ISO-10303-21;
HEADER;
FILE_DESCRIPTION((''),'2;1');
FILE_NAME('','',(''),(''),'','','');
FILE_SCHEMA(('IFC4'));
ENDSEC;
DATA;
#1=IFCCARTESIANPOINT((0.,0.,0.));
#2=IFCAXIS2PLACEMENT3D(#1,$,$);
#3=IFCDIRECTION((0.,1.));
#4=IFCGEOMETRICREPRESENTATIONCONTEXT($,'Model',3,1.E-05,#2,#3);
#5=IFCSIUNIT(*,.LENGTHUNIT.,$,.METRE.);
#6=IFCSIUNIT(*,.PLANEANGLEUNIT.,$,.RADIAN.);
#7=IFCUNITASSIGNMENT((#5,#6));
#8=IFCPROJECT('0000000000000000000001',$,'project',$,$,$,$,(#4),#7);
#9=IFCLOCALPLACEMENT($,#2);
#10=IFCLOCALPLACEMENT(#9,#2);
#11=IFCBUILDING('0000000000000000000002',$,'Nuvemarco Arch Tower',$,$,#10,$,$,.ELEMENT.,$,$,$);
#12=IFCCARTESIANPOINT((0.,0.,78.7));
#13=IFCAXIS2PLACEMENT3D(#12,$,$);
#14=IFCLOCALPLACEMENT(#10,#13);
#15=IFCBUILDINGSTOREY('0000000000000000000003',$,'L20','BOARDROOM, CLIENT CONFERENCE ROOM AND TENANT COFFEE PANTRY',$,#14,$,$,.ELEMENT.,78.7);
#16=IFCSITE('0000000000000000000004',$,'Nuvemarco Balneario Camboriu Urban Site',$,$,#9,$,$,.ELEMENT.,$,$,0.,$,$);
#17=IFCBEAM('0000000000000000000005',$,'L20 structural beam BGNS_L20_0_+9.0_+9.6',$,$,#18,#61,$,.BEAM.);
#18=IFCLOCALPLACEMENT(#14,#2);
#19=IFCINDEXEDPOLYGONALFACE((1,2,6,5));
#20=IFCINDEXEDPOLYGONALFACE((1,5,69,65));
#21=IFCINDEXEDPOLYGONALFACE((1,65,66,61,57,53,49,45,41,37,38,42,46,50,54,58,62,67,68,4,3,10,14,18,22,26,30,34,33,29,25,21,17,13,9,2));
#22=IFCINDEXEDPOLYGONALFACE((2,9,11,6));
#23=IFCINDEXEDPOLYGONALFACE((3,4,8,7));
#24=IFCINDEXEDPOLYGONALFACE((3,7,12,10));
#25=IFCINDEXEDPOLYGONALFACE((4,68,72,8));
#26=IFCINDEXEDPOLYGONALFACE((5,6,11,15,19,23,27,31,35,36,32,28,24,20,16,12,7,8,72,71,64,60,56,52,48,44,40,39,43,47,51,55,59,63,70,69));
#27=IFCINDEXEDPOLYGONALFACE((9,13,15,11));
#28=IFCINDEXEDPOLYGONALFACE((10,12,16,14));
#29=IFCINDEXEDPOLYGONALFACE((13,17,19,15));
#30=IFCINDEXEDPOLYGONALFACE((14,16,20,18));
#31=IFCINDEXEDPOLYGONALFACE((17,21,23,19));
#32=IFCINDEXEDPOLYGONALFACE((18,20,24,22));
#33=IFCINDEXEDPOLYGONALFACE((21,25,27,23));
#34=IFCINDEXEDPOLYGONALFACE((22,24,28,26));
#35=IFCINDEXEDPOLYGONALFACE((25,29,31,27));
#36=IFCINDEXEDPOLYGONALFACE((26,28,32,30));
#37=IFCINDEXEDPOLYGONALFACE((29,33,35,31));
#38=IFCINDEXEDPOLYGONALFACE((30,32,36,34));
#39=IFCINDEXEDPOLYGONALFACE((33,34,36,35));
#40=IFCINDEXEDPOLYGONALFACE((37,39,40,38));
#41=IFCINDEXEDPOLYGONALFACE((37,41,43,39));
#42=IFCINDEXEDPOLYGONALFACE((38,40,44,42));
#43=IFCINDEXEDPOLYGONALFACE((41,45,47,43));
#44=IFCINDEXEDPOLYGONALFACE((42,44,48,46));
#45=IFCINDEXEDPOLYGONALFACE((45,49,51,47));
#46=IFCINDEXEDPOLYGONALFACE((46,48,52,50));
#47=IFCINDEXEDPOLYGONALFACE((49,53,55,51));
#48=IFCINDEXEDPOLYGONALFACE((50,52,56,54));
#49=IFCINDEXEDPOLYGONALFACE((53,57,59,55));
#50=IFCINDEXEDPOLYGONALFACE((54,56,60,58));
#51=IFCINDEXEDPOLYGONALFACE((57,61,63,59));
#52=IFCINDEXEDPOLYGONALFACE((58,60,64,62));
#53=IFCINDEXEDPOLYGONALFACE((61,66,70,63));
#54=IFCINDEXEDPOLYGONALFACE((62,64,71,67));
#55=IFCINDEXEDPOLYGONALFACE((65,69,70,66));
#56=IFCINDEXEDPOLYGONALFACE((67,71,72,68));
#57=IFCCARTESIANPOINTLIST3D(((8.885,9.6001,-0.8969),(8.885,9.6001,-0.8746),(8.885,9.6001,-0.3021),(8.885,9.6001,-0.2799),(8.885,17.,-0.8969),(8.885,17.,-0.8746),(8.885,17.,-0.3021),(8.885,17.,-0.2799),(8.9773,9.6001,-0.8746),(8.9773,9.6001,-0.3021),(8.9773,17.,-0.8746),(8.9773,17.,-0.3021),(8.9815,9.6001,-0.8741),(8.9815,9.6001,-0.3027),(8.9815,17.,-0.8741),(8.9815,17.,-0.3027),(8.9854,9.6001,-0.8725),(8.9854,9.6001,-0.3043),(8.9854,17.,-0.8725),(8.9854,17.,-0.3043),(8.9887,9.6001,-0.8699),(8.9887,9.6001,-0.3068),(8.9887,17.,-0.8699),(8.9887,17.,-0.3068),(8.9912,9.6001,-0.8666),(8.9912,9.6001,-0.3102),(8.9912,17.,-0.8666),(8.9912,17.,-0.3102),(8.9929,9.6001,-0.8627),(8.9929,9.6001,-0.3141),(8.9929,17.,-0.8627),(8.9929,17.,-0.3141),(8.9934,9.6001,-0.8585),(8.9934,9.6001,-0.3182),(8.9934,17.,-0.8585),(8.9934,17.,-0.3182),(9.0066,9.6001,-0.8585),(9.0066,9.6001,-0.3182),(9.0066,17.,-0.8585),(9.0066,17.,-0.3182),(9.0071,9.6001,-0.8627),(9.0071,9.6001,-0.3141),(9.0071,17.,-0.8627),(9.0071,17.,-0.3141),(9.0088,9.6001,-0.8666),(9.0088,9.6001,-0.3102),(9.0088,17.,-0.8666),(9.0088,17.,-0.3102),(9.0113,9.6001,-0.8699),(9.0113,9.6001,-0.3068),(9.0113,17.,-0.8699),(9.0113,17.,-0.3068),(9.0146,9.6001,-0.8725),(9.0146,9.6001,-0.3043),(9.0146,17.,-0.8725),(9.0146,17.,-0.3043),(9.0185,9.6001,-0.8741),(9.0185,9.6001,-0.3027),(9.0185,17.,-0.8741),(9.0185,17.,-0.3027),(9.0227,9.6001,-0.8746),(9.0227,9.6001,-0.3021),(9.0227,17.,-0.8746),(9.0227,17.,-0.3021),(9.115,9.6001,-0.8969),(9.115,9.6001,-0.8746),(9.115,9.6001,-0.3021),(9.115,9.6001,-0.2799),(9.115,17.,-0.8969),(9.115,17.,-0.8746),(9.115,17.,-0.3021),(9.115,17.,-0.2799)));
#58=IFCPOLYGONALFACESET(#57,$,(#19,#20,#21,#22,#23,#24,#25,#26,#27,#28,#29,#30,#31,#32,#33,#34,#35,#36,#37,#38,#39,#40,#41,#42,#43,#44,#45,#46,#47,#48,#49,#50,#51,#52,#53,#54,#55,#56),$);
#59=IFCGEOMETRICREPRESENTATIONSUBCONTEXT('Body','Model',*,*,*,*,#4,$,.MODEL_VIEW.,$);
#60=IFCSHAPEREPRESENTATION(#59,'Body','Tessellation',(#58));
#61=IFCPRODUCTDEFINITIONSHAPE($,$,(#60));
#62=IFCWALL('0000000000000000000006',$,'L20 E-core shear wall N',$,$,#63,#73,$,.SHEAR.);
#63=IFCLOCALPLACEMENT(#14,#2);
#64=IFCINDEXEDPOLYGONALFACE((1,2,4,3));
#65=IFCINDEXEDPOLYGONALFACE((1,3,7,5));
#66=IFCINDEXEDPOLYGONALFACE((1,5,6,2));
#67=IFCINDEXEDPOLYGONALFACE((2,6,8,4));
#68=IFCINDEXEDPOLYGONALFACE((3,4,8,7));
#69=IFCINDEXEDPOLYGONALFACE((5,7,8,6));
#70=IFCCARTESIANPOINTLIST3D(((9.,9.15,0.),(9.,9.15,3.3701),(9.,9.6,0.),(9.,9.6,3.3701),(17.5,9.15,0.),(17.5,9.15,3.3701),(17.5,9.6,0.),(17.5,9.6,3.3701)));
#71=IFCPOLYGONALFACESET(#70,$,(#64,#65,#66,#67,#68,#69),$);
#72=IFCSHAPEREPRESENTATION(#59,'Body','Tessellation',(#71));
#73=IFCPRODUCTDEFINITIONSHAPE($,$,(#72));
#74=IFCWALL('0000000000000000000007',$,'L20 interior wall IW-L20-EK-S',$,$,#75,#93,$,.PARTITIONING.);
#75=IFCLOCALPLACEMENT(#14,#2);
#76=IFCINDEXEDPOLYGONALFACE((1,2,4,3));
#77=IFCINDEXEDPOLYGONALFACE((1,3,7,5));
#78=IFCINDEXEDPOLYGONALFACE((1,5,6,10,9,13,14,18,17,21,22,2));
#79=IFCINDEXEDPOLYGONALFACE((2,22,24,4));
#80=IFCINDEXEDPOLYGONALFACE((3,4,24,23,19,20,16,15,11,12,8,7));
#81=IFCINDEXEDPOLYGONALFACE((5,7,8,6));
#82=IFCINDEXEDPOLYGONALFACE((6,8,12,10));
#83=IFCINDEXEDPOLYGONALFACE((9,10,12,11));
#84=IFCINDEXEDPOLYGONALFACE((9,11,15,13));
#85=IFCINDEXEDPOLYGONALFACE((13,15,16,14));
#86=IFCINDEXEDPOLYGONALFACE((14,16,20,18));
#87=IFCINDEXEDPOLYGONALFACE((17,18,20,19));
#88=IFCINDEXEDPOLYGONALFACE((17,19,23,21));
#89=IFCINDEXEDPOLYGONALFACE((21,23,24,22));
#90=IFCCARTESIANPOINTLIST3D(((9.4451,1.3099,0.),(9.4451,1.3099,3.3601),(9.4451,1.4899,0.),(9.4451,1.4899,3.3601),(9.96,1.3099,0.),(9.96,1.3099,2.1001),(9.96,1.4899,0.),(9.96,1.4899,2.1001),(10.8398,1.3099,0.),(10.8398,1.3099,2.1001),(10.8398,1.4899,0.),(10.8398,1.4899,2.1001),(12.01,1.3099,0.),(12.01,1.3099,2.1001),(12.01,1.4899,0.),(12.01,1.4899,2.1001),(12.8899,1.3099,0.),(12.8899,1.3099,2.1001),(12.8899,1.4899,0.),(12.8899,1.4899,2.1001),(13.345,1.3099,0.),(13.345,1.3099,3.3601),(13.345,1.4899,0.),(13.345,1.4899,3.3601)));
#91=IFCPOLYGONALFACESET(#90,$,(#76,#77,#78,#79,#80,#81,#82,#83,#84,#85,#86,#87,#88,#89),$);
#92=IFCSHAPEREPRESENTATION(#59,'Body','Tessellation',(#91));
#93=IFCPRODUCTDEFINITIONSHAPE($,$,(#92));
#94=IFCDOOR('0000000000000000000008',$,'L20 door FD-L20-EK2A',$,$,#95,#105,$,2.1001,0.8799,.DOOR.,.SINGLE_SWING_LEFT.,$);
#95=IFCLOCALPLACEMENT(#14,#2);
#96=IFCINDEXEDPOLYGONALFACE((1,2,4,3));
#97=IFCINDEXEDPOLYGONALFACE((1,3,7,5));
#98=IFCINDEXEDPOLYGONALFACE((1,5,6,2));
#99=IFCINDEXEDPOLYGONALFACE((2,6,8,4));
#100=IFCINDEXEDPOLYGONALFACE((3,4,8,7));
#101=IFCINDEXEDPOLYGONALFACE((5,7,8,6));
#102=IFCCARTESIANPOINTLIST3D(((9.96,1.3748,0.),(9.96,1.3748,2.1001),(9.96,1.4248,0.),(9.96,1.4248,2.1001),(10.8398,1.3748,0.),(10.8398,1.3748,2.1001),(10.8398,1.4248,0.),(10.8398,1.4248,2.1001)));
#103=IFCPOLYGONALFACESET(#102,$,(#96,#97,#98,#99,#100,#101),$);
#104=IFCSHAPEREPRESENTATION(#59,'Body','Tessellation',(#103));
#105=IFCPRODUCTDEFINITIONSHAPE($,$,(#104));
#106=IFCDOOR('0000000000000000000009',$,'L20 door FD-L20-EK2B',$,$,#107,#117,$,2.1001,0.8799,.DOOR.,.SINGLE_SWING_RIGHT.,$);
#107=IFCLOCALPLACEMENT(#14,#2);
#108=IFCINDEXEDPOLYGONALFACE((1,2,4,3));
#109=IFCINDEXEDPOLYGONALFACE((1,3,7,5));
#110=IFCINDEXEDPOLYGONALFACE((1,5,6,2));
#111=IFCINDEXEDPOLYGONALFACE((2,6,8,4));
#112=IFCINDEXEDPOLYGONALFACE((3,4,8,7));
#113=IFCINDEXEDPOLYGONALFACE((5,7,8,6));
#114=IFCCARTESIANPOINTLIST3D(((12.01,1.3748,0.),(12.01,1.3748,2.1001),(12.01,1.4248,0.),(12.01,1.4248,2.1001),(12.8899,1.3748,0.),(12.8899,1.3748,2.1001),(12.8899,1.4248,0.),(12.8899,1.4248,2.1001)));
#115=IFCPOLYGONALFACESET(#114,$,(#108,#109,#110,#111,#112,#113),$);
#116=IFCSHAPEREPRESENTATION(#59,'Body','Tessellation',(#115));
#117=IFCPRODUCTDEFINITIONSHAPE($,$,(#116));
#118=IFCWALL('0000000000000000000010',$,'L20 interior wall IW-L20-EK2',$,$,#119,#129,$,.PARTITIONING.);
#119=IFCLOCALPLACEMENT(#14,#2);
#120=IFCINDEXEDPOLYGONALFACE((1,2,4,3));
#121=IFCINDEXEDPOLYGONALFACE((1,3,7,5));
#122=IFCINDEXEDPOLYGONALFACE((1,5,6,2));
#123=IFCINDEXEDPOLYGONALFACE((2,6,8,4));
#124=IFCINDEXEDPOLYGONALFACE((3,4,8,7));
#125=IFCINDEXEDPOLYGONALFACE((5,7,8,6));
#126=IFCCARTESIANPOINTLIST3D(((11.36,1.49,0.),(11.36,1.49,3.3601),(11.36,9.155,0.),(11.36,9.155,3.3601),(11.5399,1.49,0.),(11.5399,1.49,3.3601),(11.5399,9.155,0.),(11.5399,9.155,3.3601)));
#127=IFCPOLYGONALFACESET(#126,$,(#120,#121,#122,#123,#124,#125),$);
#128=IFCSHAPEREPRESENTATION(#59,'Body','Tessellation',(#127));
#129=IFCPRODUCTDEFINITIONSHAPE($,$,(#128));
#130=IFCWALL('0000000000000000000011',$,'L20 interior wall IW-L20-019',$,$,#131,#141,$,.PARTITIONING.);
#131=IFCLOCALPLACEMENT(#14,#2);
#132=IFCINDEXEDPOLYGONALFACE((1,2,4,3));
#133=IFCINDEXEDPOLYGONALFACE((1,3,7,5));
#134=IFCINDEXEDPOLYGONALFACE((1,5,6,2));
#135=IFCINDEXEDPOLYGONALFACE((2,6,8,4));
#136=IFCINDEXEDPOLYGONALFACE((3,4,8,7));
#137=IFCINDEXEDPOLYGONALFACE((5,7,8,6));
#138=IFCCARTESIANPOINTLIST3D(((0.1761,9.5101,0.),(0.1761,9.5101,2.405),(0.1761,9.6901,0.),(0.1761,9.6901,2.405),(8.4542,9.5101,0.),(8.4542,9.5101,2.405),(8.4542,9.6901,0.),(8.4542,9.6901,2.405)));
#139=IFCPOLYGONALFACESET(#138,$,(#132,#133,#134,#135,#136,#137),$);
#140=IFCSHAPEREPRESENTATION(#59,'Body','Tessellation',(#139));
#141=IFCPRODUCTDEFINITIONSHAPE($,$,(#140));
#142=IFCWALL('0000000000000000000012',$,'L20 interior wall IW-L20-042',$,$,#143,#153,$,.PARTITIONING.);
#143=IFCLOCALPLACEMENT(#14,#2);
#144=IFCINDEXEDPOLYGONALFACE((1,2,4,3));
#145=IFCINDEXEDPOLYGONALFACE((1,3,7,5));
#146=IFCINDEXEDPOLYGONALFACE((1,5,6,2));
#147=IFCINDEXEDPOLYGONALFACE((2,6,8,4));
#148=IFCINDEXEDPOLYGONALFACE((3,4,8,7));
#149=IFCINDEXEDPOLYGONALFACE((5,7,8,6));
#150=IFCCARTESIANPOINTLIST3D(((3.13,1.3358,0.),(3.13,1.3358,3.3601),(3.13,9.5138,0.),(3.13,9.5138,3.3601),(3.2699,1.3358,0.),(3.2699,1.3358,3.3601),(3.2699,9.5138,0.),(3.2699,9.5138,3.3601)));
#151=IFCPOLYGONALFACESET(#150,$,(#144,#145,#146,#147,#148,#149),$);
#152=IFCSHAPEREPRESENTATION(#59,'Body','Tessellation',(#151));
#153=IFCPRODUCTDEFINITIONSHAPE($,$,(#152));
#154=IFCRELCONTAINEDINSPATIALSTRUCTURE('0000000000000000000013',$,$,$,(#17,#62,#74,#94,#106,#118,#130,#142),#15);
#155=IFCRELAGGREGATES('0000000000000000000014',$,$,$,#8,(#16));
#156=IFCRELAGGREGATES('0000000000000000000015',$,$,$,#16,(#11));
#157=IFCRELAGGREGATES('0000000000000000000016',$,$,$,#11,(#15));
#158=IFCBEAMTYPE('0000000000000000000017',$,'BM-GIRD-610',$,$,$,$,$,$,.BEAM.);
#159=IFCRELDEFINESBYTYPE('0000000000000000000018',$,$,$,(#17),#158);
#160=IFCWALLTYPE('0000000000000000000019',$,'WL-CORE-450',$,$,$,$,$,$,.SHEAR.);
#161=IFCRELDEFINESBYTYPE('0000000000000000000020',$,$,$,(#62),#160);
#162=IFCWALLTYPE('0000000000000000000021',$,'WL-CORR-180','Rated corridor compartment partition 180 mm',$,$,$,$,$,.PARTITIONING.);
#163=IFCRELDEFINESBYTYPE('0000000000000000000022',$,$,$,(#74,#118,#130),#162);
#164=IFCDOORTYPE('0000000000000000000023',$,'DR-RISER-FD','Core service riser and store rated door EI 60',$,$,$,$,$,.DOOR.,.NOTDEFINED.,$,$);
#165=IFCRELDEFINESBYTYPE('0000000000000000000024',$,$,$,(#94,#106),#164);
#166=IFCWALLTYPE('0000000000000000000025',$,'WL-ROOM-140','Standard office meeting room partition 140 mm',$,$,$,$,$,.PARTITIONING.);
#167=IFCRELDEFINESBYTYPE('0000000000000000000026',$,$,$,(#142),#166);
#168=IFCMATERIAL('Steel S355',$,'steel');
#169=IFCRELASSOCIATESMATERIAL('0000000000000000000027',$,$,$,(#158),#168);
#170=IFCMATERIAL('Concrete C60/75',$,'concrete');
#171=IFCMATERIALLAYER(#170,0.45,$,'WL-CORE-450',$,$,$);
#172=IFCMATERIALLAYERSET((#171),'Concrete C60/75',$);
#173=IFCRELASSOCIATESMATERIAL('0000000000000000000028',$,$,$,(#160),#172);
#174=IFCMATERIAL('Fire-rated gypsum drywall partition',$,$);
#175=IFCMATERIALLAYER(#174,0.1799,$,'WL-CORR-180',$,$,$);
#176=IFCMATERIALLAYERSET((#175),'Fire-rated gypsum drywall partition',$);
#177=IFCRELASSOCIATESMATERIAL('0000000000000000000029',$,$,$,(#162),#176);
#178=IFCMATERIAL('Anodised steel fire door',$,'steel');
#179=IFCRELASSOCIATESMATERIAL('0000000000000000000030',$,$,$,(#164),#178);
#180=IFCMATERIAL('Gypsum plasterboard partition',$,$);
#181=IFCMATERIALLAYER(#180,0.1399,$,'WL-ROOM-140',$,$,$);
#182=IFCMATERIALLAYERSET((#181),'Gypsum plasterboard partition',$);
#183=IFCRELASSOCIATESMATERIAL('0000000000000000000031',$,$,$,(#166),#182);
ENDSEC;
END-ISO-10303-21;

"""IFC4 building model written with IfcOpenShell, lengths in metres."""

from ifc_helpers import new_model, si_unit, direction, frame, frame_2d, origin, origin_2d, place, context, subcontext, project, spatial, rectangle, i_section, extrude, source, transform, mapped, material, layer, layer_set, material_profile, profile_set, type_object, type_shapes, element, fill, save


model = new_model("IFC4")

# Units and contexts
model_context = context("Model", 3, precision=1e-05, world=origin(), true_north=direction((0.0, 1.0)))
body_context = subcontext(model_context, "Body", "Model", "MODEL_VIEW")
ifc_project = project(units=[si_unit("LENGTHUNIT", "METRE"), si_unit("PLANEANGLEUNIT", "RADIAN")], contexts=[model_context])

# Site, building, storey
site_placement = place(None, origin())
site = spatial("IfcSite", under=ifc_project, at=site_placement, Name="Nuvemarco Balneario Camboriu Urban Site", CompositionType="ELEMENT", RefElevation=0.0)
building_placement = place(site_placement, origin())
building = spatial("IfcBuilding", under=site, at=building_placement, Name="Nuvemarco Arch Tower", CompositionType="ELEMENT")
storey_placement = place(building_placement, frame((0.0, 0.0, 78.7)))
storey = spatial("IfcBuildingStorey", under=building, at=storey_placement, Name="L20", Description="BOARDROOM, CLIENT CONFERENCE ROOM AND TENANT COFFEE PANTRY", CompositionType="ELEMENT", Elevation=78.7)

# Shared definitions
ifc_material_1 = material(Name="Concrete C60/75", Category="concrete")
ifc_material_2 = material(Name="Steel S355", Category="steel")

# Beam
ifc_material_profile_1 = material_profile(ifc_material_2, i_section(OverallWidth=0.23, OverallDepth=0.6169, WebThickness=0.0132, FlangeThickness=0.0222, FilletRadius=0.0161, at=origin_2d()), Name="W610x140")
ifc_profile_set_1 = profile_set([ifc_material_profile_1], Name="Steel S355")
beam_type_1 = type_object("IfcBeamType", Name="BM-GIRD-610", PredefinedType="BEAM", material=ifc_profile_set_1)
beam_1_placement = place(storey_placement, frame((9.0, 9.6001, -0.5884), z_axis=(0.0, 1.0, 0.0), x_axis=(-1.0, 0.0, 0.0)))
element("IfcBeam", 1, at=beam_1_placement, inside=storey, type_object=beam_type_1, Name="L20 structural beam BGNS_L20_0_+9.0_+9.6", PredefinedType="BEAM", context=body_context, shape_type="SweptSolid", body=[
    extrude(i_section(OverallWidth=0.23, OverallDepth=0.6169, WebThickness=0.0132, FlangeThickness=0.0222, FilletRadius=0.0161, at=origin_2d()), origin(), (0.0, 0.0, 1.0), 7.3999),
])

# Wall
ifc_layer_1 = layer(ifc_material_1, 0.45, Name="WL-CORE-450")
ifc_layer_set_1 = layer_set([ifc_layer_1], Name="Concrete C60/75")
wall_type_1 = type_object("IfcWallType", Name="WL-CORE-450", PredefinedType="SHEAR", material=ifc_layer_set_1)
wall_1_placement = place(storey_placement, frame((9.0, 9.375, 0.0), z_axis=(0.0, 0.0, 1.0), x_axis=(1.0, 0.0, 0.0)))
element("IfcWall", 2, at=wall_1_placement, inside=storey, type_object=wall_type_1, Name="L20 E-core shear wall N", PredefinedType="SHEAR", context=body_context, shape_type="SweptSolid", body=[
    extrude(rectangle(XDim=8.5, YDim=0.45, at=frame_2d((4.25, 0.0))), origin(), (0.0, 0.0, 1.0), 3.3701),
])

# Wall, openings, doors
ifc_material_3 = material(Name="Fire-rated gypsum drywall partition")
ifc_layer_2 = layer(ifc_material_3, 0.1799, Name="WL-CORR-180")
ifc_layer_set_2 = layer_set([ifc_layer_2], Name="Fire-rated gypsum drywall partition")
wall_type_2 = type_object("IfcWallType", Name="WL-CORR-180", Description="Rated corridor compartment partition 180 mm", PredefinedType="PARTITIONING", material=ifc_layer_set_2)
wall_2_placement = place(storey_placement, frame((9.4451, 1.3999, 0.0), z_axis=(0.0, 0.0, 1.0), x_axis=(1.0, 0.0, 0.0)))
wall_2 = element("IfcWall", 3, at=wall_2_placement, inside=storey, type_object=wall_type_2, Name="L20 interior wall IW-L20-EK-S", PredefinedType="PARTITIONING", context=body_context, shape_type="SweptSolid", body=[
    extrude(rectangle(XDim=3.8999, YDim=0.1799, at=frame_2d((1.95, 0.0))), origin(), (0.0, 0.0, 1.0), 3.3601),
])
opening_1_placement = place(wall_2_placement, frame((0.5149, 0.0, 0.0)))
opening_1 = element("IfcOpeningElement", 4, at=opening_1_placement, cuts=wall_2, PredefinedType="OPENING", context=body_context, shape_type="SweptSolid", body=[
    extrude(rectangle(XDim=0.8799, YDim=2.1001, at=frame_2d((0.4399, 1.05))), frame((0.0, 0.0999, 0.0), z_axis=(0.0, -1.0, 0.0), x_axis=(1.0, 0.0, 0.0)), (0.0, 0.0, 1.0), 0.2),
])
opening_2_placement = place(wall_2_placement, frame((2.5649, 0.0, 0.0)))
opening_2 = element("IfcOpeningElement", 5, at=opening_2_placement, cuts=wall_2, PredefinedType="OPENING", context=body_context, shape_type="SweptSolid", body=[
    extrude(rectangle(XDim=0.8799, YDim=2.1001, at=frame_2d((0.4399, 1.05))), frame((0.0, 0.0999, 0.0), z_axis=(0.0, -1.0, 0.0), x_axis=(1.0, 0.0, 0.0)), (0.0, 0.0, 1.0), 0.2),
])
ifc_material_4 = material(Name="Anodised steel fire door", Category="steel")
door_type = type_object("IfcDoorType", Name="DR-RISER-FD", Description="Core service riser and store rated door EI 60", OperationType="NOTDEFINED", PredefinedType="DOOR", material=ifc_material_4)
shared_shape = source(origin(), body_context, "Body", "SweptSolid", [
    extrude(rectangle(XDim=0.8799, YDim=2.1001, at=frame_2d((0.4399, 1.05))), frame((0.0, 0.0249, 0.0), z_axis=(0.0, -1.0, 0.0), x_axis=(1.0, 0.0, 0.0)), (0.0, 0.0, 1.0), 0.05),
])
type_shapes(door_type, [shared_shape])
door_1_placement = place(opening_1_placement, origin())
door_1 = element("IfcDoor", 6, at=door_1_placement, inside=storey, type_object=door_type, Name="L20 door FD-L20-EK2A", OperationType="SINGLE_SWING_LEFT", OverallHeight=2.1001, OverallWidth=0.8799, PredefinedType="DOOR", context=body_context, shape_type="MappedRepresentation", body=[
    mapped(shared_shape, transform((0.0, 0.0, 0.0), scale=1.0)),
])
fill(opening_1, door_1)
door_2_placement = place(opening_2_placement, origin())
door_2 = element("IfcDoor", 7, at=door_2_placement, inside=storey, type_object=door_type, Name="L20 door FD-L20-EK2B", OperationType="SINGLE_SWING_RIGHT", OverallHeight=2.1001, OverallWidth=0.8799, PredefinedType="DOOR", context=body_context, shape_type="MappedRepresentation", body=[
    mapped(shared_shape, transform((0.0, 0.0, 0.0), scale=1.0)),
])
fill(opening_2, door_2)

# Walls
wall_3_placement = place(storey_placement, frame((11.45, 1.49, 0.0), z_axis=(0.0, 0.0, 1.0), x_axis=(0.0, 1.0, 0.0)))
element("IfcWall", 8, at=wall_3_placement, inside=storey, type_object=wall_type_2, Name="L20 interior wall IW-L20-EK2", PredefinedType="PARTITIONING", context=body_context, shape_type="SweptSolid", body=[
    extrude(rectangle(XDim=7.665, YDim=0.1799, at=frame_2d((3.8325, 0.0))), origin(), (0.0, 0.0, 1.0), 3.3601),
])
wall_4_placement = place(storey_placement, frame((0.176, 9.6001, 0.0), z_axis=(0.0, 0.0, 1.0), x_axis=(1.0, 0.0, 0.0)))
element("IfcWall", 9, at=wall_4_placement, inside=storey, type_object=wall_type_2, Name="L20 interior wall IW-L20-019", PredefinedType="PARTITIONING", context=body_context, shape_type="SweptSolid", body=[
    extrude(rectangle(XDim=8.2781, YDim=0.1799, at=frame_2d((4.1392, 0.0))), origin(), (0.0, 0.0, 1.0), 2.405),
])
ifc_material_5 = material(Name="Gypsum plasterboard partition")
ifc_layer_3 = layer(ifc_material_5, 0.1399, Name="WL-ROOM-140")
ifc_layer_set_3 = layer_set([ifc_layer_3], Name="Gypsum plasterboard partition")
wall_type_3 = type_object("IfcWallType", Name="WL-ROOM-140", Description="Standard office meeting room partition 140 mm", PredefinedType="PARTITIONING", material=ifc_layer_set_3)
wall_5_placement = place(storey_placement, frame((3.2, 1.3359, 0.0), z_axis=(0.0, 0.0, 1.0), x_axis=(0.0, 1.0, 0.0)))
element("IfcWall", 10, at=wall_5_placement, inside=storey, type_object=wall_type_3, Name="L20 interior wall IW-L20-042", PredefinedType="PARTITIONING", context=body_context, shape_type="SweptSolid", body=[
    extrude(rectangle(XDim=8.178, YDim=0.1399, at=frame_2d((4.0889, 0.0))), origin(), (0.0, 0.0, 1.0), 3.3601),
])

save(model, "model.ifc")
